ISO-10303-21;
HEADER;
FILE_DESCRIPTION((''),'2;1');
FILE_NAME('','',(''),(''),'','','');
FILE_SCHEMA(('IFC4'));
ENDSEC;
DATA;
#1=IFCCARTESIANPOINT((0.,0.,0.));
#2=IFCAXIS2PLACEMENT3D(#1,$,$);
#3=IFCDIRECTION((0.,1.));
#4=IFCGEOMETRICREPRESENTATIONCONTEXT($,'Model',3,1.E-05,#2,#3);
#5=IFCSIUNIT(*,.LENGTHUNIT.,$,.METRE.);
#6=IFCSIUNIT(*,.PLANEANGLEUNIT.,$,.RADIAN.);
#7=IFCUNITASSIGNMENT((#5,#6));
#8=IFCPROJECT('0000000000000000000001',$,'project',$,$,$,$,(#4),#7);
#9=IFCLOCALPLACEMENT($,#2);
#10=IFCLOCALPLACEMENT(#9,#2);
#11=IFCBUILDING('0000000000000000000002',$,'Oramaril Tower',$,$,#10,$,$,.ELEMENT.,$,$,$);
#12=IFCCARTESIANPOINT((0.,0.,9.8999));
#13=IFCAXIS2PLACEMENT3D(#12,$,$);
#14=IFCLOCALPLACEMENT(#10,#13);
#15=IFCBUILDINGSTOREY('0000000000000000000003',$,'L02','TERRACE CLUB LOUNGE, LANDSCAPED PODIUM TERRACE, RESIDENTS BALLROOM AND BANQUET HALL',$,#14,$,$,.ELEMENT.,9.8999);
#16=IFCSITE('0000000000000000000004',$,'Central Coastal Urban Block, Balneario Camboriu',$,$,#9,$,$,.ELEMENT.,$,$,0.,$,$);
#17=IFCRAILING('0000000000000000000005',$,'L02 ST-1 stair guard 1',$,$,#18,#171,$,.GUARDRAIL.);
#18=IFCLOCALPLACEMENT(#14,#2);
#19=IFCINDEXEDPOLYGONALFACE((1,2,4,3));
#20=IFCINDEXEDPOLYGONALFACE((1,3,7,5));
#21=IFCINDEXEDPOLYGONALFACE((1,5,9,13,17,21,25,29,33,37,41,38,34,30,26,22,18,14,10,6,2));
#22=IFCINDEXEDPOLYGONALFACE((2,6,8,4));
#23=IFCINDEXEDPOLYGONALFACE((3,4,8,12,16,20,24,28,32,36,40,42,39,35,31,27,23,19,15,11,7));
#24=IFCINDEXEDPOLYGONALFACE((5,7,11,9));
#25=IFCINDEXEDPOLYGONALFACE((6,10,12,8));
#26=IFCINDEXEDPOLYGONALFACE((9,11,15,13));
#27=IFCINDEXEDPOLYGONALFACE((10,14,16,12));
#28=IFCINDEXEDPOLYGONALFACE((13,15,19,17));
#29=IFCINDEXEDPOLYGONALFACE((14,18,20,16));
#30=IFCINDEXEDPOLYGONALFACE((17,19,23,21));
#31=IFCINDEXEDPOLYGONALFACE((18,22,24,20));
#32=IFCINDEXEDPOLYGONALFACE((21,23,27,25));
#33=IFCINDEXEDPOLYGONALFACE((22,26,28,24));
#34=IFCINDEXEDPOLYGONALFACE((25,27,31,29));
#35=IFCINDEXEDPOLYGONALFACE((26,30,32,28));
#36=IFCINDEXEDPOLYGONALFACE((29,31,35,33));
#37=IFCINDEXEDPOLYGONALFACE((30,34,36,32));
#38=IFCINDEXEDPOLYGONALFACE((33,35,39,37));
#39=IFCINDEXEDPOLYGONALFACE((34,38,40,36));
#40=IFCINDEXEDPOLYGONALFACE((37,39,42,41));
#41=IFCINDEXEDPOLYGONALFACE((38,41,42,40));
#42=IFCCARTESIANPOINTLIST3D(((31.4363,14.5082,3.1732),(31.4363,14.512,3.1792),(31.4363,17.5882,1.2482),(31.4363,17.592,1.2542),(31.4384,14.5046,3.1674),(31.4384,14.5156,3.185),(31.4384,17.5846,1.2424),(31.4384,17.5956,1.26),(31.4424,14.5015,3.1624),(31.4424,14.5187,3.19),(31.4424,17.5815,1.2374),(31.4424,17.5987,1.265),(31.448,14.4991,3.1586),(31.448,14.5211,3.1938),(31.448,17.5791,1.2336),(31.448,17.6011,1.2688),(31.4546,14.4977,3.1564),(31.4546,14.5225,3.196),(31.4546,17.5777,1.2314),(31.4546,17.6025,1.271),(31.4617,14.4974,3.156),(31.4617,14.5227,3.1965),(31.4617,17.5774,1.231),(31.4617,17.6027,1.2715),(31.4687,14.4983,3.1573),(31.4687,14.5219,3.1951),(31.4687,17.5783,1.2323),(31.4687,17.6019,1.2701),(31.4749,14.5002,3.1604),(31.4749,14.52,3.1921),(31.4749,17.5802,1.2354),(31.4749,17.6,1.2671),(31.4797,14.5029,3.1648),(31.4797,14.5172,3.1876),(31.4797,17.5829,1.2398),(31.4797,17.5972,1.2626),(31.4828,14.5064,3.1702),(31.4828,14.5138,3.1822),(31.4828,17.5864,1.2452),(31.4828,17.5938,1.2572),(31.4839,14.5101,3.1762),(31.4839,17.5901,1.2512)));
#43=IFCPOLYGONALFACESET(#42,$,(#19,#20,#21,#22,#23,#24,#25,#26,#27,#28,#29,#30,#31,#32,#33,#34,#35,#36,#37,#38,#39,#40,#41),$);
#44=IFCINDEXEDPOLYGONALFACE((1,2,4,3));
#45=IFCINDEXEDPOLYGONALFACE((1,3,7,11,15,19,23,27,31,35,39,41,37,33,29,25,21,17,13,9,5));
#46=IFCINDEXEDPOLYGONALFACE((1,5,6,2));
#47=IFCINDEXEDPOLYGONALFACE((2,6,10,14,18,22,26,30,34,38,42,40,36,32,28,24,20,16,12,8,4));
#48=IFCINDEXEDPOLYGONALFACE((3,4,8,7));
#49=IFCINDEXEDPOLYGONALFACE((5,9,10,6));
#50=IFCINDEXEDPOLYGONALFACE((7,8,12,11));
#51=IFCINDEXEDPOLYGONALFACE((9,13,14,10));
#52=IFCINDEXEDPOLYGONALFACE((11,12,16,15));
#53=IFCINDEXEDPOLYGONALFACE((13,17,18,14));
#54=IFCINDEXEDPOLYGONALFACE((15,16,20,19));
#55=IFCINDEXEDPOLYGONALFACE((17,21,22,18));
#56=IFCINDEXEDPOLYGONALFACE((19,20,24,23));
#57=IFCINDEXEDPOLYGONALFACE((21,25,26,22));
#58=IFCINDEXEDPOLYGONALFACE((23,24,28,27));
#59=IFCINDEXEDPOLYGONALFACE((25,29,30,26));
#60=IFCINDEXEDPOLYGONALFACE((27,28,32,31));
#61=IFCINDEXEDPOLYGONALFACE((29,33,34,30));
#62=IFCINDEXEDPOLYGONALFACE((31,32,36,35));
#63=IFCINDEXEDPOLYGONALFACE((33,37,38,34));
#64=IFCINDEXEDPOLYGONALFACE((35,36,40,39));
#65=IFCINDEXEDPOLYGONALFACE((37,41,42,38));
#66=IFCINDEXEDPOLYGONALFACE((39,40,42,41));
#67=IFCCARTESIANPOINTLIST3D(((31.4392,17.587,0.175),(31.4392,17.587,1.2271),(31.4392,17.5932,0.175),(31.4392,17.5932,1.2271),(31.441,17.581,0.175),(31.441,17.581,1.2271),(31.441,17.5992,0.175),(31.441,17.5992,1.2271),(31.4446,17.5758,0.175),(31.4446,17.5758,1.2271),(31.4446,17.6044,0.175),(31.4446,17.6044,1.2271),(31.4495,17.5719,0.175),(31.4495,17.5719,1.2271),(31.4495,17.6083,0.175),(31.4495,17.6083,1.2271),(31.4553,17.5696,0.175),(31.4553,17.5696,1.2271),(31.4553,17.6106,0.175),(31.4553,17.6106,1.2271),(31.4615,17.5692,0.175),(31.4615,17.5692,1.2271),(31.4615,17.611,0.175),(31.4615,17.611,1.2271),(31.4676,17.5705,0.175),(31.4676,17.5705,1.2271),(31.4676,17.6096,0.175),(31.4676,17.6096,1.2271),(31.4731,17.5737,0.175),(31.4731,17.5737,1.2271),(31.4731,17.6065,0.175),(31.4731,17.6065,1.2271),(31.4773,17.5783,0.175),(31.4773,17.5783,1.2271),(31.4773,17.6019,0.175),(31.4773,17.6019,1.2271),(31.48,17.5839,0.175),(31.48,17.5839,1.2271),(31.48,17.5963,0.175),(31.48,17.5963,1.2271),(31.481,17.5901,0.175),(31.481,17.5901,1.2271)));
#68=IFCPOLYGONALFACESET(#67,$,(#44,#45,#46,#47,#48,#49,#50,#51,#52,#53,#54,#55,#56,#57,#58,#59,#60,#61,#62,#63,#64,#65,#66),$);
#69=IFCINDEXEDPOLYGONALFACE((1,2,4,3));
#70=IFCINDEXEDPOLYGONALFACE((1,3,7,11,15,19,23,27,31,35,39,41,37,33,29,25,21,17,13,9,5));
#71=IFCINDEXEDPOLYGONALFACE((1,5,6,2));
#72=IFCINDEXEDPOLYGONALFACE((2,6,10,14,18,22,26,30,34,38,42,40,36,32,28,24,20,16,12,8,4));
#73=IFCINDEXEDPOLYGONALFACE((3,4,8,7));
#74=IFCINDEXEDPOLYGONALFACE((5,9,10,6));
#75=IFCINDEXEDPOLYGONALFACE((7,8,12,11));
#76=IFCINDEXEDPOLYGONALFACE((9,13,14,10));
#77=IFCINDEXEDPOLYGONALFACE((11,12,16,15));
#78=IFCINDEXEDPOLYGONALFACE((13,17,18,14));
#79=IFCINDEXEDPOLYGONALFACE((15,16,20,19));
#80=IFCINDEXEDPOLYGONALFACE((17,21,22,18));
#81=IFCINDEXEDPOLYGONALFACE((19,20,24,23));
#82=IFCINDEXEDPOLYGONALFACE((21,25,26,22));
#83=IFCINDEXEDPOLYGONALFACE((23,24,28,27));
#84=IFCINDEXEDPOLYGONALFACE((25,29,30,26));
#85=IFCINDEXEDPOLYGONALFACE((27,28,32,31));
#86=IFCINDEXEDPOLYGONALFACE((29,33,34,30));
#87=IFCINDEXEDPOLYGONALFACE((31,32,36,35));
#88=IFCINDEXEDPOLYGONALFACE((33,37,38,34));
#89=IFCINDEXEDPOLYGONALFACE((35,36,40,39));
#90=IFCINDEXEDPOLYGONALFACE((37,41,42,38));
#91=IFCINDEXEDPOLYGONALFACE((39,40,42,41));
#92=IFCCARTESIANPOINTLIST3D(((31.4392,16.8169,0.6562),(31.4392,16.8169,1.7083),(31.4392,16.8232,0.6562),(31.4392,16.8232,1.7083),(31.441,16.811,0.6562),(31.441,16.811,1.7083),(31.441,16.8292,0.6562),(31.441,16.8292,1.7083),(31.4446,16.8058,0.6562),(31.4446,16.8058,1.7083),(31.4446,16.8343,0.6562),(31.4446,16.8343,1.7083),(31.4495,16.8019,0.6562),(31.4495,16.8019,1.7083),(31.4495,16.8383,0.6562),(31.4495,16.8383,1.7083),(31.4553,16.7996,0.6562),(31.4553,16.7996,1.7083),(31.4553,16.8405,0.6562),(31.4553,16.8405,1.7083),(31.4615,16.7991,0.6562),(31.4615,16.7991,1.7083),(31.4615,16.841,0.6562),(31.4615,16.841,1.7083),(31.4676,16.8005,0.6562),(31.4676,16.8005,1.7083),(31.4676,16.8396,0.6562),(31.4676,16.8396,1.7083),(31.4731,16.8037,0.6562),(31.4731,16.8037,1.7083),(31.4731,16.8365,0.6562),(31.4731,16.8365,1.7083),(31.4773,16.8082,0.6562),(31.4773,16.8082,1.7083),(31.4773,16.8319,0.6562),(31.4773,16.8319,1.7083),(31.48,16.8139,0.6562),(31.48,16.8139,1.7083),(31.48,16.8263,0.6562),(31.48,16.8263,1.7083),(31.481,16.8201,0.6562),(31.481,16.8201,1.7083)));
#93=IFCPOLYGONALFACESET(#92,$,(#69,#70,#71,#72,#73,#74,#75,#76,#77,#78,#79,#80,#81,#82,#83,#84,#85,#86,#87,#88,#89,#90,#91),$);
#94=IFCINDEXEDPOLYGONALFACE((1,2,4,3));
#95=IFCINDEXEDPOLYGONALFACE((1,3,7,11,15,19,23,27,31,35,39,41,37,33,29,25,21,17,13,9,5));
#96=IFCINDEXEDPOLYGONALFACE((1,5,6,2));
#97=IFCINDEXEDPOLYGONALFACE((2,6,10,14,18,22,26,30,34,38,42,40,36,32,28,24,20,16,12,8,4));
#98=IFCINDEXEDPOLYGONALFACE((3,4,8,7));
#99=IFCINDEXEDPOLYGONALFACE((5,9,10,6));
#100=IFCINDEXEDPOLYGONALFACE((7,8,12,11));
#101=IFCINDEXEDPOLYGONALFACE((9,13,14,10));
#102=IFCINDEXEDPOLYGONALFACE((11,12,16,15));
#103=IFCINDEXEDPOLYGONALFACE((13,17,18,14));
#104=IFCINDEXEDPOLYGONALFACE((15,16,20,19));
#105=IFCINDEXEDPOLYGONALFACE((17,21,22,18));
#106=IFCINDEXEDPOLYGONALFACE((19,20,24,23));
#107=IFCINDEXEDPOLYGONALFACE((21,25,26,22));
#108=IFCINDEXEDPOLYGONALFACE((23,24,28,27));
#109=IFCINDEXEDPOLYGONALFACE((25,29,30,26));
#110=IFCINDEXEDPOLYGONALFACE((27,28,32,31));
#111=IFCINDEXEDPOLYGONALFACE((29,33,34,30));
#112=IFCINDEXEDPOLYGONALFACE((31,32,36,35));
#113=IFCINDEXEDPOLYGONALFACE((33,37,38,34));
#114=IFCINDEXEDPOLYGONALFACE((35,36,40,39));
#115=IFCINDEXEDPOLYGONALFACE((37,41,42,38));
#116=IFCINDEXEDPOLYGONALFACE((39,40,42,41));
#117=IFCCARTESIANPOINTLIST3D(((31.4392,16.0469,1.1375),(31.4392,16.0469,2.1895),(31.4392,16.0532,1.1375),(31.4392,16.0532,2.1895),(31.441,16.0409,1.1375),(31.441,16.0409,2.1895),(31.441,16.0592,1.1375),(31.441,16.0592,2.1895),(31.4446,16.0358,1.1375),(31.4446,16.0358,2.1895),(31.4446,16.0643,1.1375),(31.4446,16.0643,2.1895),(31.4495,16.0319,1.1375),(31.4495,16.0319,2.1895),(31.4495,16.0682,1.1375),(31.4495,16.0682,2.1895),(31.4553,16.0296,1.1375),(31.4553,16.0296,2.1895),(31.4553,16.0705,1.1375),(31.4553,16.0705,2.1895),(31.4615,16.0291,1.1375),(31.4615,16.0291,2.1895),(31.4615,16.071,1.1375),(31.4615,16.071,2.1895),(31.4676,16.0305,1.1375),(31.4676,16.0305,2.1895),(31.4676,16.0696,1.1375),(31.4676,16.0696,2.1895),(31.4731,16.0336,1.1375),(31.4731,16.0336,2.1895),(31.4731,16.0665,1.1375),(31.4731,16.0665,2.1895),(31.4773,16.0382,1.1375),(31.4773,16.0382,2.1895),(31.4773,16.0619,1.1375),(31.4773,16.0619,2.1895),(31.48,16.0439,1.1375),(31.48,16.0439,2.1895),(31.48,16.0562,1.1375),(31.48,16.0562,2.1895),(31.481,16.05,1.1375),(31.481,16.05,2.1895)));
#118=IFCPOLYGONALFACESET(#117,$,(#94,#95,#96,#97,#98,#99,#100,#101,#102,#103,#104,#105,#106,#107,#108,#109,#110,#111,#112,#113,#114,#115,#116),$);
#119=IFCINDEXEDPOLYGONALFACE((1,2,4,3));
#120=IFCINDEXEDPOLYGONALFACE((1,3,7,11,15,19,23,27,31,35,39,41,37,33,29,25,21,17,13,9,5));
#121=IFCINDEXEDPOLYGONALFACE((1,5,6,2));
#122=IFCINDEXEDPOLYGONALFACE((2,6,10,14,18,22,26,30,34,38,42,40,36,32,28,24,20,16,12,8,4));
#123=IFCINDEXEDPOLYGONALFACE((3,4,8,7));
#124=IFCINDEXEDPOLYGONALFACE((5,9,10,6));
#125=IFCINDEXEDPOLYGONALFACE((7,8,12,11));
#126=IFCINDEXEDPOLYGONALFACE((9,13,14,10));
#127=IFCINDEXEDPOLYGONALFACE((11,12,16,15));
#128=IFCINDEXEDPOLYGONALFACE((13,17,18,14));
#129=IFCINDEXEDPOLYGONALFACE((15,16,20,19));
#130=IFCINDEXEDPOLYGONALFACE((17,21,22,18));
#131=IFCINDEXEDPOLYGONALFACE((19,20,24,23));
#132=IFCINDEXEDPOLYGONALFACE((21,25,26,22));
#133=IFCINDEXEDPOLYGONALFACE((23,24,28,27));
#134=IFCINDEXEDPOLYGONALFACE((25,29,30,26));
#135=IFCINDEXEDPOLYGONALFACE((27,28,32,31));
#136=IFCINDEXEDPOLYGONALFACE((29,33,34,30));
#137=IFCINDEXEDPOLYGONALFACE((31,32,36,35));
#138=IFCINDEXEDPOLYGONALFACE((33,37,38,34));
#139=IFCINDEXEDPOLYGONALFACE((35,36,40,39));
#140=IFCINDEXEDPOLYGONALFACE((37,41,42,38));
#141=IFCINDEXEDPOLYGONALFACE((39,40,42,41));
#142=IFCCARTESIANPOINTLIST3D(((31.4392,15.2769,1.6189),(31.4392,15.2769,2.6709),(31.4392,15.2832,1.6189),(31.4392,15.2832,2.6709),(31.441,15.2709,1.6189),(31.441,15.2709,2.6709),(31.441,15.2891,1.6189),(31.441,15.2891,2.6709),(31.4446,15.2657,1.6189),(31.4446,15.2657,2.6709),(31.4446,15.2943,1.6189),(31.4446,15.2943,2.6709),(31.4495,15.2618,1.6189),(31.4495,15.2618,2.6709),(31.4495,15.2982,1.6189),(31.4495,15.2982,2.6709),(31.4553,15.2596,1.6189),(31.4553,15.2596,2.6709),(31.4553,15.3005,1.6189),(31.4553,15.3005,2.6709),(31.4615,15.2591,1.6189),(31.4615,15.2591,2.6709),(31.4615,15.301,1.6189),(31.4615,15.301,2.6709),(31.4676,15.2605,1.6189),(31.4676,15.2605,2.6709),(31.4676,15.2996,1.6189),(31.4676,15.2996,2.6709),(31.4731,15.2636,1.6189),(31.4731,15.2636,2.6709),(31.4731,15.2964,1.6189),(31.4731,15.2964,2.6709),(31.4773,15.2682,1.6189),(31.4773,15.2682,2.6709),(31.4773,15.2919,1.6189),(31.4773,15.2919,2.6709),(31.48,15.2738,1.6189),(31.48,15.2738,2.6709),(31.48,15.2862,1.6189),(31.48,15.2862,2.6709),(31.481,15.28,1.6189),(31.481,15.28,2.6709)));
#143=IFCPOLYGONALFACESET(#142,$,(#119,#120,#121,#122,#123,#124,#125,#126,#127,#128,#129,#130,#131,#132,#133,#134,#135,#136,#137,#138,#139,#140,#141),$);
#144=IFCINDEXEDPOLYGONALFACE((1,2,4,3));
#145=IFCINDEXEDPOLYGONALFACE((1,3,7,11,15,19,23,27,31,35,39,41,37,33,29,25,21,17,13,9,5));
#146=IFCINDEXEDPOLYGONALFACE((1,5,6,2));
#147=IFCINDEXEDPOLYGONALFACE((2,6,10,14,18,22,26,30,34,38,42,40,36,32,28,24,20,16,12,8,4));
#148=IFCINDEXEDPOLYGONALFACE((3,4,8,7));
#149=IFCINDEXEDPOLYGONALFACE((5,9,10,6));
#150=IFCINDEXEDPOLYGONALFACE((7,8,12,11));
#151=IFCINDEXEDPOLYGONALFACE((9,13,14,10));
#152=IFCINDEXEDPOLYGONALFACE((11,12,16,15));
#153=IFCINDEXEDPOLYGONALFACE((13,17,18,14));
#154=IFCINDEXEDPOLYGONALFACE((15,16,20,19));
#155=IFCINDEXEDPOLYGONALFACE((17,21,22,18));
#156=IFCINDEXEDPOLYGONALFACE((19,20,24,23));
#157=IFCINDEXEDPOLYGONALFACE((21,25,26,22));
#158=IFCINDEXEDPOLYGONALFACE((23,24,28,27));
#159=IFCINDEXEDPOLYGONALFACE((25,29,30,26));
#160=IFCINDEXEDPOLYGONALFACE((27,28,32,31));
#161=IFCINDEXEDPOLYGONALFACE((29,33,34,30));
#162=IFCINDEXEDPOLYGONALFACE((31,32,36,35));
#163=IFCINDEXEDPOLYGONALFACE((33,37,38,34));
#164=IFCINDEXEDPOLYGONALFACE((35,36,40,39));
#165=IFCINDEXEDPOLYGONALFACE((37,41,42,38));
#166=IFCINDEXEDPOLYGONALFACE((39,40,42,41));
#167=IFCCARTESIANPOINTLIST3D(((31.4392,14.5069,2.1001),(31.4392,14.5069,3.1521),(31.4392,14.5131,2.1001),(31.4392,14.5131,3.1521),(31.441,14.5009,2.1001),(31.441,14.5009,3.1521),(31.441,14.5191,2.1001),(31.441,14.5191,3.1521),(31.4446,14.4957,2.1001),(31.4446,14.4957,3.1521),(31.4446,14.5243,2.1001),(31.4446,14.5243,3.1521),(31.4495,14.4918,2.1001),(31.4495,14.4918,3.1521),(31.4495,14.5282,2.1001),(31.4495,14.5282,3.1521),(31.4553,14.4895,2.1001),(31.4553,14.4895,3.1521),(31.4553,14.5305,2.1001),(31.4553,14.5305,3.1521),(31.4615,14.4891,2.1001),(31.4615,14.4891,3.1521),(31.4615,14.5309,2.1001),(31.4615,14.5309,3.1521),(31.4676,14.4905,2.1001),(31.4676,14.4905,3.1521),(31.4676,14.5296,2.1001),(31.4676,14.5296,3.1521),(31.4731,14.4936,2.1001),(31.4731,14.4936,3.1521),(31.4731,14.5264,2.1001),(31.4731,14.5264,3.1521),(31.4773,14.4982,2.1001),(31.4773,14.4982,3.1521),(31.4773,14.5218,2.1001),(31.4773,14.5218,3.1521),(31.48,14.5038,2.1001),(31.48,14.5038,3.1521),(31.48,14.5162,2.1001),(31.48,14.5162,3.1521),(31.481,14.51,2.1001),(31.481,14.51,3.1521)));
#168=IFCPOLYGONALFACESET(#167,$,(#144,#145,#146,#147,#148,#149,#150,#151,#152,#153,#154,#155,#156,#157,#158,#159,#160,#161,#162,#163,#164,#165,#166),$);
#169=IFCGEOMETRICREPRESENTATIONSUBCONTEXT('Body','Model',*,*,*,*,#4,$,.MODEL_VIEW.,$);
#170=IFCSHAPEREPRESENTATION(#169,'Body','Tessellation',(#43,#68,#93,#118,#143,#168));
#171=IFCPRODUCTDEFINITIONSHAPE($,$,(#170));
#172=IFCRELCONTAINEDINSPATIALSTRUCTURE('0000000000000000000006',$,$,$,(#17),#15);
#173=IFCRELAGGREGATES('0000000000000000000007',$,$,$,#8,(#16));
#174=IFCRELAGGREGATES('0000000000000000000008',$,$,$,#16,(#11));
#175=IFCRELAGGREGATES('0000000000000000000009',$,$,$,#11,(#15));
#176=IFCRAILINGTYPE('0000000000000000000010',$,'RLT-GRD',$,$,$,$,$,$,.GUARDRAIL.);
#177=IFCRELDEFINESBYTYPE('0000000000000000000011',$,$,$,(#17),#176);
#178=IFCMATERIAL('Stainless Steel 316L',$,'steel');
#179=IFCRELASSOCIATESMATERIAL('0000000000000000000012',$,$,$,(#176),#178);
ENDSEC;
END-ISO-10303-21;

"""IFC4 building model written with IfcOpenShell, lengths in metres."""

from ifc_helpers import new_model, si_unit, direction, frame, origin, origin_2d, place, context, subcontext, project, spatial, circle, extrude, material, type_object, element, save


model = new_model("IFC4")

# Units and contexts
model_context = context("Model", 3, precision=1e-05, world=origin(), true_north=direction((0.0, 1.0)))
body_context = subcontext(model_context, "Body", "Model", "MODEL_VIEW")
ifc_project = project(units=[si_unit("LENGTHUNIT", "METRE"), si_unit("PLANEANGLEUNIT", "RADIAN")], contexts=[model_context])

# Site, building, storey
site_placement = place(None, origin())
site = spatial("IfcSite", under=ifc_project, at=site_placement, Name="Central Coastal Urban Block, Balneario Camboriu", CompositionType="ELEMENT", RefElevation=0.0)
building_placement = place(site_placement, origin())
building = spatial("IfcBuilding", under=site, at=building_placement, Name="Oramaril Tower", CompositionType="ELEMENT")
storey_placement = place(building_placement, frame((0.0, 0.0, 9.8999)))
storey = spatial("IfcBuildingStorey", under=building, at=storey_placement, Name="L02", Description="TERRACE CLUB LOUNGE, LANDSCAPED PODIUM TERRACE, RESIDENTS BALLROOM AND BANQUET HALL", CompositionType="ELEMENT", Elevation=9.8999)

# Railing
ifc_material_1 = material(Name="Stainless Steel 316L", Category="steel")
railing_type_1 = type_object("IfcRailingType", Name="RLT-GRD", PredefinedType="GUARDRAIL", material=ifc_material_1)
railing_1_placement = place(storey_placement, frame((31.46, 17.5901, 0.175)))
element("IfcRailing", 1, at=railing_1_placement, inside=storey, type_object=railing_type_1, Name="L02 ST-1 stair guard 1", PredefinedType="GUARDRAIL", context=body_context, shape_type="SweptSolid", body=[
    extrude(circle(Radius=0.0239, at=origin_2d()), frame((0.0, 0.0, 1.0762), z_axis=(0.0, -0.847998, 0.529999), x_axis=(1.0, 0.0, 0.0)), (0.0, 0.0, 1.0), 3.6321),
    extrude(circle(Radius=0.021, at=origin_2d()), origin(), (0.0, 0.0, 1.0), 1.052),
    extrude(circle(Radius=0.021, at=origin_2d()), frame((0.0, -0.77, 0.4812)), (0.0, 0.0, 1.0), 1.052),
    extrude(circle(Radius=0.021, at=origin_2d()), frame((0.0, -1.54, 0.9624)), (0.0, 0.0, 1.0), 1.052),
    extrude(circle(Radius=0.021, at=origin_2d()), frame((0.0, -2.3101, 1.4438)), (0.0, 0.0, 1.0), 1.052),
    extrude(circle(Radius=0.021, at=origin_2d()), frame((0.0, -3.0801, 1.925)), (0.0, 0.0, 1.0), 1.052),
])

save(model, "model.ifc")
